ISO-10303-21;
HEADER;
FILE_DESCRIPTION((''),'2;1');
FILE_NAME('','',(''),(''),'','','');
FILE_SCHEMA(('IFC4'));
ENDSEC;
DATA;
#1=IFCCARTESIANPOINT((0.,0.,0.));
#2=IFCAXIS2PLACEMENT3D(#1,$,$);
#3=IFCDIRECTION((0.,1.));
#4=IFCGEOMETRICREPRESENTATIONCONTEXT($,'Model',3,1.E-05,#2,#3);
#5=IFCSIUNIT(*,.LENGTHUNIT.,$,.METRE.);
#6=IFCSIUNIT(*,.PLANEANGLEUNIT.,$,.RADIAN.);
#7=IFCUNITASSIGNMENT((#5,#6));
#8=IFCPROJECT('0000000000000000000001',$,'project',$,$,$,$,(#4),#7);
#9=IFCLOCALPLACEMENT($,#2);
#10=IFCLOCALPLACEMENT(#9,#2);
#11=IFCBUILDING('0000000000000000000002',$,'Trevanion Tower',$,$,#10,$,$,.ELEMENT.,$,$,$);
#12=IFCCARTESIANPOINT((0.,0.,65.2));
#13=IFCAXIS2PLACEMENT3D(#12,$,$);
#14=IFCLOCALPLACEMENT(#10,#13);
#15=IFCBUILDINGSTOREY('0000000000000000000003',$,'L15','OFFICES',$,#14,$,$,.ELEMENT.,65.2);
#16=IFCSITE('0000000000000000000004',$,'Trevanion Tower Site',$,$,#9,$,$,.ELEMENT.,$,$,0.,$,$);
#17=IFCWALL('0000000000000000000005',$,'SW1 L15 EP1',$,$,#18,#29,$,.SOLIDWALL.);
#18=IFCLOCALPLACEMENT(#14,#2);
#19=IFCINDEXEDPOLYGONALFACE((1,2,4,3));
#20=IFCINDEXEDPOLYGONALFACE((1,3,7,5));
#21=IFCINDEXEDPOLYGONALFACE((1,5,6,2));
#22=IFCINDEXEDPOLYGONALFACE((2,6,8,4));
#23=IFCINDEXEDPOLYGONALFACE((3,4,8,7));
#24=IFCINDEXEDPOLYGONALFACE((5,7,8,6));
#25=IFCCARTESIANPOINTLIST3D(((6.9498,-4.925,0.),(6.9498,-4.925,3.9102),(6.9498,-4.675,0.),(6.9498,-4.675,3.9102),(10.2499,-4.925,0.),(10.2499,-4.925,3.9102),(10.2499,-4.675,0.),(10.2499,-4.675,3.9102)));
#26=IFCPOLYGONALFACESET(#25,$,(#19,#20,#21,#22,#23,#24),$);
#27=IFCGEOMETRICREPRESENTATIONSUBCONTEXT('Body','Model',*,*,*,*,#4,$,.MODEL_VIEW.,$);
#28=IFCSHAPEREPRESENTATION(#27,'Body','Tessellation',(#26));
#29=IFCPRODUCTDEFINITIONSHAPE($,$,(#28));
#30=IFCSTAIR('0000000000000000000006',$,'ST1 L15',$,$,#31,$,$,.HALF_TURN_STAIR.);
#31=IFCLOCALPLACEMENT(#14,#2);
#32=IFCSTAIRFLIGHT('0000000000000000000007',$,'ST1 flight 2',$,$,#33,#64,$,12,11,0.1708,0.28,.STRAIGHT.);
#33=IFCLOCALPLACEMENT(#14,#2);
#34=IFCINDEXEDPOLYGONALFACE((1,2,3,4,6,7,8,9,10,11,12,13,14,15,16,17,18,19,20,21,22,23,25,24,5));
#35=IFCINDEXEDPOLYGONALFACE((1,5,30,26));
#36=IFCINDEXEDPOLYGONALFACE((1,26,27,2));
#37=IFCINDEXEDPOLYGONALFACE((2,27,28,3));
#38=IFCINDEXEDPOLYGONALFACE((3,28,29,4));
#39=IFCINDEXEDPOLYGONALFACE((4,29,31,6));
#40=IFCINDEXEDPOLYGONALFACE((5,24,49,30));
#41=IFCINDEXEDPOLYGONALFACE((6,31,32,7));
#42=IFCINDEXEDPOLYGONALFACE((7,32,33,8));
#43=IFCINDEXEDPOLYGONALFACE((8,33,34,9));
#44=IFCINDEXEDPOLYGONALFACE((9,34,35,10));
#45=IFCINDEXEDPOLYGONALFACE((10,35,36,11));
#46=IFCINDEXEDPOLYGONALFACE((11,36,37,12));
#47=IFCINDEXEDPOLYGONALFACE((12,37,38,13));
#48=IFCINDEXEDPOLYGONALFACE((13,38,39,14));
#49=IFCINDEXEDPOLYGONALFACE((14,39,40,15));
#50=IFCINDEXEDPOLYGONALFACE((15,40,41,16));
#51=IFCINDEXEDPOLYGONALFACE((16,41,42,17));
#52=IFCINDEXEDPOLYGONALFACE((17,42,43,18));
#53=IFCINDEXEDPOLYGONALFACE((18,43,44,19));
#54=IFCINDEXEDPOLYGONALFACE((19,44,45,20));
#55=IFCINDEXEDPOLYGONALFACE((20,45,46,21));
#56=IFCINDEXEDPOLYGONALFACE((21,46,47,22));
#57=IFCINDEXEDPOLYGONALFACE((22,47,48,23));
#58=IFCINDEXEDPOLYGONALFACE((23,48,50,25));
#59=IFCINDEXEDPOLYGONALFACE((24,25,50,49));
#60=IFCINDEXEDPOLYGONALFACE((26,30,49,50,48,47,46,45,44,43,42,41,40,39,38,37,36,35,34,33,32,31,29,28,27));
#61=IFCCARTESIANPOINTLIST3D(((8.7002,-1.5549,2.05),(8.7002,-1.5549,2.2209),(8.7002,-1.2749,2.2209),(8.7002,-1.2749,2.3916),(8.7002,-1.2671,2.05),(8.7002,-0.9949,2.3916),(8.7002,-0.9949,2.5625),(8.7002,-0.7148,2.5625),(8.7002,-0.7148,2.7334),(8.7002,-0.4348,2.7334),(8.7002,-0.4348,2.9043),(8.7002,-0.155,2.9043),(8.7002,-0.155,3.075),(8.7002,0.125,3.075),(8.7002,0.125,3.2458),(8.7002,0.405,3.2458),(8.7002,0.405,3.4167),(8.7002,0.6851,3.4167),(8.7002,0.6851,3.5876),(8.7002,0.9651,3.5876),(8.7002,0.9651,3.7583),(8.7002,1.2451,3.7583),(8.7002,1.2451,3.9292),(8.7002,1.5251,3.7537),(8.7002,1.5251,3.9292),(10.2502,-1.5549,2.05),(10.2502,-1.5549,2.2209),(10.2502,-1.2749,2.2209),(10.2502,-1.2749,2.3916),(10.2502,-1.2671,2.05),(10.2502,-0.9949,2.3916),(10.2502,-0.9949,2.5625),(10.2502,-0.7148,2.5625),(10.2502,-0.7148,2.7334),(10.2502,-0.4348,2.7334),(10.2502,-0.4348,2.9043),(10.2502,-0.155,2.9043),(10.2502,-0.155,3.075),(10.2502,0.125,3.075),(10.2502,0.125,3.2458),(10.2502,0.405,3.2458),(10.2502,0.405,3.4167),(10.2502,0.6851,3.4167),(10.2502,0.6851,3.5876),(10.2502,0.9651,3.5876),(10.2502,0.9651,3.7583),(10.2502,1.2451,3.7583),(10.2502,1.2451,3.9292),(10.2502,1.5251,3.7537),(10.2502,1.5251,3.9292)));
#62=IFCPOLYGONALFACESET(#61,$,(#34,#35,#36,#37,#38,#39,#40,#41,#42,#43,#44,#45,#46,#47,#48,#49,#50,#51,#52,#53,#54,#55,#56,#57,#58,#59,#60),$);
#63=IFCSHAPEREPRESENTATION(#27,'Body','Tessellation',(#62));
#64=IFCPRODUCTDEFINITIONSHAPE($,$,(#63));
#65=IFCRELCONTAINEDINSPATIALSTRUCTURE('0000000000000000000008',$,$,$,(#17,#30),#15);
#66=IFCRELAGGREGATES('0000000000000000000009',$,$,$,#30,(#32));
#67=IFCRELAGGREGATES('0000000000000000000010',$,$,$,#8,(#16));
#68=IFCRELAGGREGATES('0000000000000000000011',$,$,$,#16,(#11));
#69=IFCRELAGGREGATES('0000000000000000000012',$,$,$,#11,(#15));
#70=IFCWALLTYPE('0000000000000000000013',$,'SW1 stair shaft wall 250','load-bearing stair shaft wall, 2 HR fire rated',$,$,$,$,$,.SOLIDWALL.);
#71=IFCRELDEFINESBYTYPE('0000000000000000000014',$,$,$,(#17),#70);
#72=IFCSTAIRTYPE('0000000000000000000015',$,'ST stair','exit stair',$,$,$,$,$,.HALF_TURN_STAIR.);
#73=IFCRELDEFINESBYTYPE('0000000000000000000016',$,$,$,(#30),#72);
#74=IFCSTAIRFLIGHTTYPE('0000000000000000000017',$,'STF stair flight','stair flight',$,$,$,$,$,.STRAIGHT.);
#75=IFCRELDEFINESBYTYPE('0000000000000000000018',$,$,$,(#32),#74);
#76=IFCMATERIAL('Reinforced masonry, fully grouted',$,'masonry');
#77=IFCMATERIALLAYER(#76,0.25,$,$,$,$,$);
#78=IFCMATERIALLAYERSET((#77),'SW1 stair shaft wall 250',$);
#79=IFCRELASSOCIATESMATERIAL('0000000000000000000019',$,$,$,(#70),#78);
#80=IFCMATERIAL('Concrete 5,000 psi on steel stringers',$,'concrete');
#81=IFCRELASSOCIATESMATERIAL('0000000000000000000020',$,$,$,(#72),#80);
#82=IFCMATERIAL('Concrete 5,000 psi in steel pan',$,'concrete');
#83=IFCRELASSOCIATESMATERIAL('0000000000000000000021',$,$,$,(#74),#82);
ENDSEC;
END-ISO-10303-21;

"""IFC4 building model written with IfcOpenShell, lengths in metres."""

from ifc_helpers import new_model, si_unit, direction, frame, frame_2d, origin, place, context, subcontext, project, spatial, polyline, rectangle, outline, extrude, material, layer, layer_set, type_object, element, aggregate, save


model = new_model("IFC4")

# Units and contexts
model_context = context("Model", 3, precision=1e-05, world=origin(), true_north=direction((0.0, 1.0)))
body_context = subcontext(model_context, "Body", "Model", "MODEL_VIEW")
ifc_project = project(units=[si_unit("LENGTHUNIT", "METRE"), si_unit("PLANEANGLEUNIT", "RADIAN")], contexts=[model_context])

# Site, building, storey
site_placement = place(None, origin())
site = spatial("IfcSite", under=ifc_project, at=site_placement, Name="Trevanion Tower Site", CompositionType="ELEMENT", RefElevation=0.0)
building_placement = place(site_placement, origin())
building = spatial("IfcBuilding", under=site, at=building_placement, Name="Trevanion Tower", CompositionType="ELEMENT")
storey_placement = place(building_placement, frame((0.0, 0.0, 65.2)))
storey = spatial("IfcBuildingStorey", under=building, at=storey_placement, Name="L15", Description="OFFICES", CompositionType="ELEMENT", Elevation=65.2)

# Wall
ifc_material_1 = material(Name="Reinforced masonry, fully grouted", Category="masonry")
ifc_layer_1 = layer(ifc_material_1, 0.25)
ifc_layer_set_1 = layer_set([ifc_layer_1], Name="SW1 stair shaft wall 250")
wall_type_1 = type_object("IfcWallType", Name="SW1 stair shaft wall 250", Description="load-bearing stair shaft wall, 2 HR fire rated", PredefinedType="SOLIDWALL", material=ifc_layer_set_1)
wall_1_placement = place(storey_placement, frame((6.95, -4.8, 0.0), z_axis=(0.0, 0.0, 1.0), x_axis=(1.0, 0.0, 0.0)))
element("IfcWall", 1, at=wall_1_placement, inside=storey, type_object=wall_type_1, Name="SW1 L15 EP1", PredefinedType="SOLIDWALL", context=body_context, shape_type="SweptSolid", body=[
    extrude(rectangle(XDim=3.3, YDim=0.25, at=frame_2d((1.6499, 0.0))), origin(), (0.0, 0.0, 1.0), 3.9102),
])

# Stair, stair flight
ifc_material_2 = material(Name="Concrete 5,000 psi on steel stringers", Category="concrete")
stair_type = type_object("IfcStairType", Name="ST stair", Description="exit stair", PredefinedType="HALF_TURN_STAIR", material=ifc_material_2)
stair_placement = place(storey_placement, origin())
stair = element("IfcStair", 2, at=stair_placement, inside=storey, type_object=stair_type, Name="ST1 L15", PredefinedType="HALF_TURN_STAIR")
ifc_material_3 = material(Name="Concrete 5,000 psi in steel pan", Category="concrete")
stair_flight_type = type_object("IfcStairFlightType", Name="STF stair flight", Description="stair flight", PredefinedType="STRAIGHT", material=ifc_material_3)
stair_flight_placement = place(storey_placement, frame((9.4751, -1.5549, 2.05), z_axis=(0.0, 0.0, 1.0), x_axis=(0.0, 1.0, 0.0)))
stair_flight = element("IfcStairFlight", 3, at=stair_flight_placement, type_object=stair_flight_type, Name="ST1 flight 2", NumberOfRisers=12, NumberOfTreads=11, PredefinedType="STRAIGHT", RiserHeight=0.1708, TreadLength=0.28, context=body_context, shape_type="SweptSolid", body=[
    extrude(outline(polyline([(0.0, 0.0), (0.0, 0.1709), (0.28, 0.1709), (0.28, 0.3416), (0.5601, 0.3416), (0.5601, 0.5125), (0.8401, 0.5125), (0.8401, 0.6833), (1.1201, 0.6833), (1.1201, 0.8542), (1.3999, 0.8542), (1.3999, 1.0249), (1.6799, 1.0249), (1.6799, 1.1958), (1.96, 1.1958), (1.96, 1.3667), (2.24, 1.3667), (2.24, 1.5376), (2.52, 1.5376), (2.52, 1.7083), (2.8, 1.7083), (2.8, 1.8792), (3.0801, 1.8792), (3.0801, 2.05), (3.0801, 1.7036), (0.2878, 0.0), (0.0, 0.0)])), frame((0.0, 0.7749, 0.0), z_axis=(0.0, -1.0, 0.0), x_axis=(1.0, 0.0, 0.0)), (0.0, 0.0, 1.0), 1.55),
])
aggregate(stair, [stair_flight])

save(model, "model.ifc")
